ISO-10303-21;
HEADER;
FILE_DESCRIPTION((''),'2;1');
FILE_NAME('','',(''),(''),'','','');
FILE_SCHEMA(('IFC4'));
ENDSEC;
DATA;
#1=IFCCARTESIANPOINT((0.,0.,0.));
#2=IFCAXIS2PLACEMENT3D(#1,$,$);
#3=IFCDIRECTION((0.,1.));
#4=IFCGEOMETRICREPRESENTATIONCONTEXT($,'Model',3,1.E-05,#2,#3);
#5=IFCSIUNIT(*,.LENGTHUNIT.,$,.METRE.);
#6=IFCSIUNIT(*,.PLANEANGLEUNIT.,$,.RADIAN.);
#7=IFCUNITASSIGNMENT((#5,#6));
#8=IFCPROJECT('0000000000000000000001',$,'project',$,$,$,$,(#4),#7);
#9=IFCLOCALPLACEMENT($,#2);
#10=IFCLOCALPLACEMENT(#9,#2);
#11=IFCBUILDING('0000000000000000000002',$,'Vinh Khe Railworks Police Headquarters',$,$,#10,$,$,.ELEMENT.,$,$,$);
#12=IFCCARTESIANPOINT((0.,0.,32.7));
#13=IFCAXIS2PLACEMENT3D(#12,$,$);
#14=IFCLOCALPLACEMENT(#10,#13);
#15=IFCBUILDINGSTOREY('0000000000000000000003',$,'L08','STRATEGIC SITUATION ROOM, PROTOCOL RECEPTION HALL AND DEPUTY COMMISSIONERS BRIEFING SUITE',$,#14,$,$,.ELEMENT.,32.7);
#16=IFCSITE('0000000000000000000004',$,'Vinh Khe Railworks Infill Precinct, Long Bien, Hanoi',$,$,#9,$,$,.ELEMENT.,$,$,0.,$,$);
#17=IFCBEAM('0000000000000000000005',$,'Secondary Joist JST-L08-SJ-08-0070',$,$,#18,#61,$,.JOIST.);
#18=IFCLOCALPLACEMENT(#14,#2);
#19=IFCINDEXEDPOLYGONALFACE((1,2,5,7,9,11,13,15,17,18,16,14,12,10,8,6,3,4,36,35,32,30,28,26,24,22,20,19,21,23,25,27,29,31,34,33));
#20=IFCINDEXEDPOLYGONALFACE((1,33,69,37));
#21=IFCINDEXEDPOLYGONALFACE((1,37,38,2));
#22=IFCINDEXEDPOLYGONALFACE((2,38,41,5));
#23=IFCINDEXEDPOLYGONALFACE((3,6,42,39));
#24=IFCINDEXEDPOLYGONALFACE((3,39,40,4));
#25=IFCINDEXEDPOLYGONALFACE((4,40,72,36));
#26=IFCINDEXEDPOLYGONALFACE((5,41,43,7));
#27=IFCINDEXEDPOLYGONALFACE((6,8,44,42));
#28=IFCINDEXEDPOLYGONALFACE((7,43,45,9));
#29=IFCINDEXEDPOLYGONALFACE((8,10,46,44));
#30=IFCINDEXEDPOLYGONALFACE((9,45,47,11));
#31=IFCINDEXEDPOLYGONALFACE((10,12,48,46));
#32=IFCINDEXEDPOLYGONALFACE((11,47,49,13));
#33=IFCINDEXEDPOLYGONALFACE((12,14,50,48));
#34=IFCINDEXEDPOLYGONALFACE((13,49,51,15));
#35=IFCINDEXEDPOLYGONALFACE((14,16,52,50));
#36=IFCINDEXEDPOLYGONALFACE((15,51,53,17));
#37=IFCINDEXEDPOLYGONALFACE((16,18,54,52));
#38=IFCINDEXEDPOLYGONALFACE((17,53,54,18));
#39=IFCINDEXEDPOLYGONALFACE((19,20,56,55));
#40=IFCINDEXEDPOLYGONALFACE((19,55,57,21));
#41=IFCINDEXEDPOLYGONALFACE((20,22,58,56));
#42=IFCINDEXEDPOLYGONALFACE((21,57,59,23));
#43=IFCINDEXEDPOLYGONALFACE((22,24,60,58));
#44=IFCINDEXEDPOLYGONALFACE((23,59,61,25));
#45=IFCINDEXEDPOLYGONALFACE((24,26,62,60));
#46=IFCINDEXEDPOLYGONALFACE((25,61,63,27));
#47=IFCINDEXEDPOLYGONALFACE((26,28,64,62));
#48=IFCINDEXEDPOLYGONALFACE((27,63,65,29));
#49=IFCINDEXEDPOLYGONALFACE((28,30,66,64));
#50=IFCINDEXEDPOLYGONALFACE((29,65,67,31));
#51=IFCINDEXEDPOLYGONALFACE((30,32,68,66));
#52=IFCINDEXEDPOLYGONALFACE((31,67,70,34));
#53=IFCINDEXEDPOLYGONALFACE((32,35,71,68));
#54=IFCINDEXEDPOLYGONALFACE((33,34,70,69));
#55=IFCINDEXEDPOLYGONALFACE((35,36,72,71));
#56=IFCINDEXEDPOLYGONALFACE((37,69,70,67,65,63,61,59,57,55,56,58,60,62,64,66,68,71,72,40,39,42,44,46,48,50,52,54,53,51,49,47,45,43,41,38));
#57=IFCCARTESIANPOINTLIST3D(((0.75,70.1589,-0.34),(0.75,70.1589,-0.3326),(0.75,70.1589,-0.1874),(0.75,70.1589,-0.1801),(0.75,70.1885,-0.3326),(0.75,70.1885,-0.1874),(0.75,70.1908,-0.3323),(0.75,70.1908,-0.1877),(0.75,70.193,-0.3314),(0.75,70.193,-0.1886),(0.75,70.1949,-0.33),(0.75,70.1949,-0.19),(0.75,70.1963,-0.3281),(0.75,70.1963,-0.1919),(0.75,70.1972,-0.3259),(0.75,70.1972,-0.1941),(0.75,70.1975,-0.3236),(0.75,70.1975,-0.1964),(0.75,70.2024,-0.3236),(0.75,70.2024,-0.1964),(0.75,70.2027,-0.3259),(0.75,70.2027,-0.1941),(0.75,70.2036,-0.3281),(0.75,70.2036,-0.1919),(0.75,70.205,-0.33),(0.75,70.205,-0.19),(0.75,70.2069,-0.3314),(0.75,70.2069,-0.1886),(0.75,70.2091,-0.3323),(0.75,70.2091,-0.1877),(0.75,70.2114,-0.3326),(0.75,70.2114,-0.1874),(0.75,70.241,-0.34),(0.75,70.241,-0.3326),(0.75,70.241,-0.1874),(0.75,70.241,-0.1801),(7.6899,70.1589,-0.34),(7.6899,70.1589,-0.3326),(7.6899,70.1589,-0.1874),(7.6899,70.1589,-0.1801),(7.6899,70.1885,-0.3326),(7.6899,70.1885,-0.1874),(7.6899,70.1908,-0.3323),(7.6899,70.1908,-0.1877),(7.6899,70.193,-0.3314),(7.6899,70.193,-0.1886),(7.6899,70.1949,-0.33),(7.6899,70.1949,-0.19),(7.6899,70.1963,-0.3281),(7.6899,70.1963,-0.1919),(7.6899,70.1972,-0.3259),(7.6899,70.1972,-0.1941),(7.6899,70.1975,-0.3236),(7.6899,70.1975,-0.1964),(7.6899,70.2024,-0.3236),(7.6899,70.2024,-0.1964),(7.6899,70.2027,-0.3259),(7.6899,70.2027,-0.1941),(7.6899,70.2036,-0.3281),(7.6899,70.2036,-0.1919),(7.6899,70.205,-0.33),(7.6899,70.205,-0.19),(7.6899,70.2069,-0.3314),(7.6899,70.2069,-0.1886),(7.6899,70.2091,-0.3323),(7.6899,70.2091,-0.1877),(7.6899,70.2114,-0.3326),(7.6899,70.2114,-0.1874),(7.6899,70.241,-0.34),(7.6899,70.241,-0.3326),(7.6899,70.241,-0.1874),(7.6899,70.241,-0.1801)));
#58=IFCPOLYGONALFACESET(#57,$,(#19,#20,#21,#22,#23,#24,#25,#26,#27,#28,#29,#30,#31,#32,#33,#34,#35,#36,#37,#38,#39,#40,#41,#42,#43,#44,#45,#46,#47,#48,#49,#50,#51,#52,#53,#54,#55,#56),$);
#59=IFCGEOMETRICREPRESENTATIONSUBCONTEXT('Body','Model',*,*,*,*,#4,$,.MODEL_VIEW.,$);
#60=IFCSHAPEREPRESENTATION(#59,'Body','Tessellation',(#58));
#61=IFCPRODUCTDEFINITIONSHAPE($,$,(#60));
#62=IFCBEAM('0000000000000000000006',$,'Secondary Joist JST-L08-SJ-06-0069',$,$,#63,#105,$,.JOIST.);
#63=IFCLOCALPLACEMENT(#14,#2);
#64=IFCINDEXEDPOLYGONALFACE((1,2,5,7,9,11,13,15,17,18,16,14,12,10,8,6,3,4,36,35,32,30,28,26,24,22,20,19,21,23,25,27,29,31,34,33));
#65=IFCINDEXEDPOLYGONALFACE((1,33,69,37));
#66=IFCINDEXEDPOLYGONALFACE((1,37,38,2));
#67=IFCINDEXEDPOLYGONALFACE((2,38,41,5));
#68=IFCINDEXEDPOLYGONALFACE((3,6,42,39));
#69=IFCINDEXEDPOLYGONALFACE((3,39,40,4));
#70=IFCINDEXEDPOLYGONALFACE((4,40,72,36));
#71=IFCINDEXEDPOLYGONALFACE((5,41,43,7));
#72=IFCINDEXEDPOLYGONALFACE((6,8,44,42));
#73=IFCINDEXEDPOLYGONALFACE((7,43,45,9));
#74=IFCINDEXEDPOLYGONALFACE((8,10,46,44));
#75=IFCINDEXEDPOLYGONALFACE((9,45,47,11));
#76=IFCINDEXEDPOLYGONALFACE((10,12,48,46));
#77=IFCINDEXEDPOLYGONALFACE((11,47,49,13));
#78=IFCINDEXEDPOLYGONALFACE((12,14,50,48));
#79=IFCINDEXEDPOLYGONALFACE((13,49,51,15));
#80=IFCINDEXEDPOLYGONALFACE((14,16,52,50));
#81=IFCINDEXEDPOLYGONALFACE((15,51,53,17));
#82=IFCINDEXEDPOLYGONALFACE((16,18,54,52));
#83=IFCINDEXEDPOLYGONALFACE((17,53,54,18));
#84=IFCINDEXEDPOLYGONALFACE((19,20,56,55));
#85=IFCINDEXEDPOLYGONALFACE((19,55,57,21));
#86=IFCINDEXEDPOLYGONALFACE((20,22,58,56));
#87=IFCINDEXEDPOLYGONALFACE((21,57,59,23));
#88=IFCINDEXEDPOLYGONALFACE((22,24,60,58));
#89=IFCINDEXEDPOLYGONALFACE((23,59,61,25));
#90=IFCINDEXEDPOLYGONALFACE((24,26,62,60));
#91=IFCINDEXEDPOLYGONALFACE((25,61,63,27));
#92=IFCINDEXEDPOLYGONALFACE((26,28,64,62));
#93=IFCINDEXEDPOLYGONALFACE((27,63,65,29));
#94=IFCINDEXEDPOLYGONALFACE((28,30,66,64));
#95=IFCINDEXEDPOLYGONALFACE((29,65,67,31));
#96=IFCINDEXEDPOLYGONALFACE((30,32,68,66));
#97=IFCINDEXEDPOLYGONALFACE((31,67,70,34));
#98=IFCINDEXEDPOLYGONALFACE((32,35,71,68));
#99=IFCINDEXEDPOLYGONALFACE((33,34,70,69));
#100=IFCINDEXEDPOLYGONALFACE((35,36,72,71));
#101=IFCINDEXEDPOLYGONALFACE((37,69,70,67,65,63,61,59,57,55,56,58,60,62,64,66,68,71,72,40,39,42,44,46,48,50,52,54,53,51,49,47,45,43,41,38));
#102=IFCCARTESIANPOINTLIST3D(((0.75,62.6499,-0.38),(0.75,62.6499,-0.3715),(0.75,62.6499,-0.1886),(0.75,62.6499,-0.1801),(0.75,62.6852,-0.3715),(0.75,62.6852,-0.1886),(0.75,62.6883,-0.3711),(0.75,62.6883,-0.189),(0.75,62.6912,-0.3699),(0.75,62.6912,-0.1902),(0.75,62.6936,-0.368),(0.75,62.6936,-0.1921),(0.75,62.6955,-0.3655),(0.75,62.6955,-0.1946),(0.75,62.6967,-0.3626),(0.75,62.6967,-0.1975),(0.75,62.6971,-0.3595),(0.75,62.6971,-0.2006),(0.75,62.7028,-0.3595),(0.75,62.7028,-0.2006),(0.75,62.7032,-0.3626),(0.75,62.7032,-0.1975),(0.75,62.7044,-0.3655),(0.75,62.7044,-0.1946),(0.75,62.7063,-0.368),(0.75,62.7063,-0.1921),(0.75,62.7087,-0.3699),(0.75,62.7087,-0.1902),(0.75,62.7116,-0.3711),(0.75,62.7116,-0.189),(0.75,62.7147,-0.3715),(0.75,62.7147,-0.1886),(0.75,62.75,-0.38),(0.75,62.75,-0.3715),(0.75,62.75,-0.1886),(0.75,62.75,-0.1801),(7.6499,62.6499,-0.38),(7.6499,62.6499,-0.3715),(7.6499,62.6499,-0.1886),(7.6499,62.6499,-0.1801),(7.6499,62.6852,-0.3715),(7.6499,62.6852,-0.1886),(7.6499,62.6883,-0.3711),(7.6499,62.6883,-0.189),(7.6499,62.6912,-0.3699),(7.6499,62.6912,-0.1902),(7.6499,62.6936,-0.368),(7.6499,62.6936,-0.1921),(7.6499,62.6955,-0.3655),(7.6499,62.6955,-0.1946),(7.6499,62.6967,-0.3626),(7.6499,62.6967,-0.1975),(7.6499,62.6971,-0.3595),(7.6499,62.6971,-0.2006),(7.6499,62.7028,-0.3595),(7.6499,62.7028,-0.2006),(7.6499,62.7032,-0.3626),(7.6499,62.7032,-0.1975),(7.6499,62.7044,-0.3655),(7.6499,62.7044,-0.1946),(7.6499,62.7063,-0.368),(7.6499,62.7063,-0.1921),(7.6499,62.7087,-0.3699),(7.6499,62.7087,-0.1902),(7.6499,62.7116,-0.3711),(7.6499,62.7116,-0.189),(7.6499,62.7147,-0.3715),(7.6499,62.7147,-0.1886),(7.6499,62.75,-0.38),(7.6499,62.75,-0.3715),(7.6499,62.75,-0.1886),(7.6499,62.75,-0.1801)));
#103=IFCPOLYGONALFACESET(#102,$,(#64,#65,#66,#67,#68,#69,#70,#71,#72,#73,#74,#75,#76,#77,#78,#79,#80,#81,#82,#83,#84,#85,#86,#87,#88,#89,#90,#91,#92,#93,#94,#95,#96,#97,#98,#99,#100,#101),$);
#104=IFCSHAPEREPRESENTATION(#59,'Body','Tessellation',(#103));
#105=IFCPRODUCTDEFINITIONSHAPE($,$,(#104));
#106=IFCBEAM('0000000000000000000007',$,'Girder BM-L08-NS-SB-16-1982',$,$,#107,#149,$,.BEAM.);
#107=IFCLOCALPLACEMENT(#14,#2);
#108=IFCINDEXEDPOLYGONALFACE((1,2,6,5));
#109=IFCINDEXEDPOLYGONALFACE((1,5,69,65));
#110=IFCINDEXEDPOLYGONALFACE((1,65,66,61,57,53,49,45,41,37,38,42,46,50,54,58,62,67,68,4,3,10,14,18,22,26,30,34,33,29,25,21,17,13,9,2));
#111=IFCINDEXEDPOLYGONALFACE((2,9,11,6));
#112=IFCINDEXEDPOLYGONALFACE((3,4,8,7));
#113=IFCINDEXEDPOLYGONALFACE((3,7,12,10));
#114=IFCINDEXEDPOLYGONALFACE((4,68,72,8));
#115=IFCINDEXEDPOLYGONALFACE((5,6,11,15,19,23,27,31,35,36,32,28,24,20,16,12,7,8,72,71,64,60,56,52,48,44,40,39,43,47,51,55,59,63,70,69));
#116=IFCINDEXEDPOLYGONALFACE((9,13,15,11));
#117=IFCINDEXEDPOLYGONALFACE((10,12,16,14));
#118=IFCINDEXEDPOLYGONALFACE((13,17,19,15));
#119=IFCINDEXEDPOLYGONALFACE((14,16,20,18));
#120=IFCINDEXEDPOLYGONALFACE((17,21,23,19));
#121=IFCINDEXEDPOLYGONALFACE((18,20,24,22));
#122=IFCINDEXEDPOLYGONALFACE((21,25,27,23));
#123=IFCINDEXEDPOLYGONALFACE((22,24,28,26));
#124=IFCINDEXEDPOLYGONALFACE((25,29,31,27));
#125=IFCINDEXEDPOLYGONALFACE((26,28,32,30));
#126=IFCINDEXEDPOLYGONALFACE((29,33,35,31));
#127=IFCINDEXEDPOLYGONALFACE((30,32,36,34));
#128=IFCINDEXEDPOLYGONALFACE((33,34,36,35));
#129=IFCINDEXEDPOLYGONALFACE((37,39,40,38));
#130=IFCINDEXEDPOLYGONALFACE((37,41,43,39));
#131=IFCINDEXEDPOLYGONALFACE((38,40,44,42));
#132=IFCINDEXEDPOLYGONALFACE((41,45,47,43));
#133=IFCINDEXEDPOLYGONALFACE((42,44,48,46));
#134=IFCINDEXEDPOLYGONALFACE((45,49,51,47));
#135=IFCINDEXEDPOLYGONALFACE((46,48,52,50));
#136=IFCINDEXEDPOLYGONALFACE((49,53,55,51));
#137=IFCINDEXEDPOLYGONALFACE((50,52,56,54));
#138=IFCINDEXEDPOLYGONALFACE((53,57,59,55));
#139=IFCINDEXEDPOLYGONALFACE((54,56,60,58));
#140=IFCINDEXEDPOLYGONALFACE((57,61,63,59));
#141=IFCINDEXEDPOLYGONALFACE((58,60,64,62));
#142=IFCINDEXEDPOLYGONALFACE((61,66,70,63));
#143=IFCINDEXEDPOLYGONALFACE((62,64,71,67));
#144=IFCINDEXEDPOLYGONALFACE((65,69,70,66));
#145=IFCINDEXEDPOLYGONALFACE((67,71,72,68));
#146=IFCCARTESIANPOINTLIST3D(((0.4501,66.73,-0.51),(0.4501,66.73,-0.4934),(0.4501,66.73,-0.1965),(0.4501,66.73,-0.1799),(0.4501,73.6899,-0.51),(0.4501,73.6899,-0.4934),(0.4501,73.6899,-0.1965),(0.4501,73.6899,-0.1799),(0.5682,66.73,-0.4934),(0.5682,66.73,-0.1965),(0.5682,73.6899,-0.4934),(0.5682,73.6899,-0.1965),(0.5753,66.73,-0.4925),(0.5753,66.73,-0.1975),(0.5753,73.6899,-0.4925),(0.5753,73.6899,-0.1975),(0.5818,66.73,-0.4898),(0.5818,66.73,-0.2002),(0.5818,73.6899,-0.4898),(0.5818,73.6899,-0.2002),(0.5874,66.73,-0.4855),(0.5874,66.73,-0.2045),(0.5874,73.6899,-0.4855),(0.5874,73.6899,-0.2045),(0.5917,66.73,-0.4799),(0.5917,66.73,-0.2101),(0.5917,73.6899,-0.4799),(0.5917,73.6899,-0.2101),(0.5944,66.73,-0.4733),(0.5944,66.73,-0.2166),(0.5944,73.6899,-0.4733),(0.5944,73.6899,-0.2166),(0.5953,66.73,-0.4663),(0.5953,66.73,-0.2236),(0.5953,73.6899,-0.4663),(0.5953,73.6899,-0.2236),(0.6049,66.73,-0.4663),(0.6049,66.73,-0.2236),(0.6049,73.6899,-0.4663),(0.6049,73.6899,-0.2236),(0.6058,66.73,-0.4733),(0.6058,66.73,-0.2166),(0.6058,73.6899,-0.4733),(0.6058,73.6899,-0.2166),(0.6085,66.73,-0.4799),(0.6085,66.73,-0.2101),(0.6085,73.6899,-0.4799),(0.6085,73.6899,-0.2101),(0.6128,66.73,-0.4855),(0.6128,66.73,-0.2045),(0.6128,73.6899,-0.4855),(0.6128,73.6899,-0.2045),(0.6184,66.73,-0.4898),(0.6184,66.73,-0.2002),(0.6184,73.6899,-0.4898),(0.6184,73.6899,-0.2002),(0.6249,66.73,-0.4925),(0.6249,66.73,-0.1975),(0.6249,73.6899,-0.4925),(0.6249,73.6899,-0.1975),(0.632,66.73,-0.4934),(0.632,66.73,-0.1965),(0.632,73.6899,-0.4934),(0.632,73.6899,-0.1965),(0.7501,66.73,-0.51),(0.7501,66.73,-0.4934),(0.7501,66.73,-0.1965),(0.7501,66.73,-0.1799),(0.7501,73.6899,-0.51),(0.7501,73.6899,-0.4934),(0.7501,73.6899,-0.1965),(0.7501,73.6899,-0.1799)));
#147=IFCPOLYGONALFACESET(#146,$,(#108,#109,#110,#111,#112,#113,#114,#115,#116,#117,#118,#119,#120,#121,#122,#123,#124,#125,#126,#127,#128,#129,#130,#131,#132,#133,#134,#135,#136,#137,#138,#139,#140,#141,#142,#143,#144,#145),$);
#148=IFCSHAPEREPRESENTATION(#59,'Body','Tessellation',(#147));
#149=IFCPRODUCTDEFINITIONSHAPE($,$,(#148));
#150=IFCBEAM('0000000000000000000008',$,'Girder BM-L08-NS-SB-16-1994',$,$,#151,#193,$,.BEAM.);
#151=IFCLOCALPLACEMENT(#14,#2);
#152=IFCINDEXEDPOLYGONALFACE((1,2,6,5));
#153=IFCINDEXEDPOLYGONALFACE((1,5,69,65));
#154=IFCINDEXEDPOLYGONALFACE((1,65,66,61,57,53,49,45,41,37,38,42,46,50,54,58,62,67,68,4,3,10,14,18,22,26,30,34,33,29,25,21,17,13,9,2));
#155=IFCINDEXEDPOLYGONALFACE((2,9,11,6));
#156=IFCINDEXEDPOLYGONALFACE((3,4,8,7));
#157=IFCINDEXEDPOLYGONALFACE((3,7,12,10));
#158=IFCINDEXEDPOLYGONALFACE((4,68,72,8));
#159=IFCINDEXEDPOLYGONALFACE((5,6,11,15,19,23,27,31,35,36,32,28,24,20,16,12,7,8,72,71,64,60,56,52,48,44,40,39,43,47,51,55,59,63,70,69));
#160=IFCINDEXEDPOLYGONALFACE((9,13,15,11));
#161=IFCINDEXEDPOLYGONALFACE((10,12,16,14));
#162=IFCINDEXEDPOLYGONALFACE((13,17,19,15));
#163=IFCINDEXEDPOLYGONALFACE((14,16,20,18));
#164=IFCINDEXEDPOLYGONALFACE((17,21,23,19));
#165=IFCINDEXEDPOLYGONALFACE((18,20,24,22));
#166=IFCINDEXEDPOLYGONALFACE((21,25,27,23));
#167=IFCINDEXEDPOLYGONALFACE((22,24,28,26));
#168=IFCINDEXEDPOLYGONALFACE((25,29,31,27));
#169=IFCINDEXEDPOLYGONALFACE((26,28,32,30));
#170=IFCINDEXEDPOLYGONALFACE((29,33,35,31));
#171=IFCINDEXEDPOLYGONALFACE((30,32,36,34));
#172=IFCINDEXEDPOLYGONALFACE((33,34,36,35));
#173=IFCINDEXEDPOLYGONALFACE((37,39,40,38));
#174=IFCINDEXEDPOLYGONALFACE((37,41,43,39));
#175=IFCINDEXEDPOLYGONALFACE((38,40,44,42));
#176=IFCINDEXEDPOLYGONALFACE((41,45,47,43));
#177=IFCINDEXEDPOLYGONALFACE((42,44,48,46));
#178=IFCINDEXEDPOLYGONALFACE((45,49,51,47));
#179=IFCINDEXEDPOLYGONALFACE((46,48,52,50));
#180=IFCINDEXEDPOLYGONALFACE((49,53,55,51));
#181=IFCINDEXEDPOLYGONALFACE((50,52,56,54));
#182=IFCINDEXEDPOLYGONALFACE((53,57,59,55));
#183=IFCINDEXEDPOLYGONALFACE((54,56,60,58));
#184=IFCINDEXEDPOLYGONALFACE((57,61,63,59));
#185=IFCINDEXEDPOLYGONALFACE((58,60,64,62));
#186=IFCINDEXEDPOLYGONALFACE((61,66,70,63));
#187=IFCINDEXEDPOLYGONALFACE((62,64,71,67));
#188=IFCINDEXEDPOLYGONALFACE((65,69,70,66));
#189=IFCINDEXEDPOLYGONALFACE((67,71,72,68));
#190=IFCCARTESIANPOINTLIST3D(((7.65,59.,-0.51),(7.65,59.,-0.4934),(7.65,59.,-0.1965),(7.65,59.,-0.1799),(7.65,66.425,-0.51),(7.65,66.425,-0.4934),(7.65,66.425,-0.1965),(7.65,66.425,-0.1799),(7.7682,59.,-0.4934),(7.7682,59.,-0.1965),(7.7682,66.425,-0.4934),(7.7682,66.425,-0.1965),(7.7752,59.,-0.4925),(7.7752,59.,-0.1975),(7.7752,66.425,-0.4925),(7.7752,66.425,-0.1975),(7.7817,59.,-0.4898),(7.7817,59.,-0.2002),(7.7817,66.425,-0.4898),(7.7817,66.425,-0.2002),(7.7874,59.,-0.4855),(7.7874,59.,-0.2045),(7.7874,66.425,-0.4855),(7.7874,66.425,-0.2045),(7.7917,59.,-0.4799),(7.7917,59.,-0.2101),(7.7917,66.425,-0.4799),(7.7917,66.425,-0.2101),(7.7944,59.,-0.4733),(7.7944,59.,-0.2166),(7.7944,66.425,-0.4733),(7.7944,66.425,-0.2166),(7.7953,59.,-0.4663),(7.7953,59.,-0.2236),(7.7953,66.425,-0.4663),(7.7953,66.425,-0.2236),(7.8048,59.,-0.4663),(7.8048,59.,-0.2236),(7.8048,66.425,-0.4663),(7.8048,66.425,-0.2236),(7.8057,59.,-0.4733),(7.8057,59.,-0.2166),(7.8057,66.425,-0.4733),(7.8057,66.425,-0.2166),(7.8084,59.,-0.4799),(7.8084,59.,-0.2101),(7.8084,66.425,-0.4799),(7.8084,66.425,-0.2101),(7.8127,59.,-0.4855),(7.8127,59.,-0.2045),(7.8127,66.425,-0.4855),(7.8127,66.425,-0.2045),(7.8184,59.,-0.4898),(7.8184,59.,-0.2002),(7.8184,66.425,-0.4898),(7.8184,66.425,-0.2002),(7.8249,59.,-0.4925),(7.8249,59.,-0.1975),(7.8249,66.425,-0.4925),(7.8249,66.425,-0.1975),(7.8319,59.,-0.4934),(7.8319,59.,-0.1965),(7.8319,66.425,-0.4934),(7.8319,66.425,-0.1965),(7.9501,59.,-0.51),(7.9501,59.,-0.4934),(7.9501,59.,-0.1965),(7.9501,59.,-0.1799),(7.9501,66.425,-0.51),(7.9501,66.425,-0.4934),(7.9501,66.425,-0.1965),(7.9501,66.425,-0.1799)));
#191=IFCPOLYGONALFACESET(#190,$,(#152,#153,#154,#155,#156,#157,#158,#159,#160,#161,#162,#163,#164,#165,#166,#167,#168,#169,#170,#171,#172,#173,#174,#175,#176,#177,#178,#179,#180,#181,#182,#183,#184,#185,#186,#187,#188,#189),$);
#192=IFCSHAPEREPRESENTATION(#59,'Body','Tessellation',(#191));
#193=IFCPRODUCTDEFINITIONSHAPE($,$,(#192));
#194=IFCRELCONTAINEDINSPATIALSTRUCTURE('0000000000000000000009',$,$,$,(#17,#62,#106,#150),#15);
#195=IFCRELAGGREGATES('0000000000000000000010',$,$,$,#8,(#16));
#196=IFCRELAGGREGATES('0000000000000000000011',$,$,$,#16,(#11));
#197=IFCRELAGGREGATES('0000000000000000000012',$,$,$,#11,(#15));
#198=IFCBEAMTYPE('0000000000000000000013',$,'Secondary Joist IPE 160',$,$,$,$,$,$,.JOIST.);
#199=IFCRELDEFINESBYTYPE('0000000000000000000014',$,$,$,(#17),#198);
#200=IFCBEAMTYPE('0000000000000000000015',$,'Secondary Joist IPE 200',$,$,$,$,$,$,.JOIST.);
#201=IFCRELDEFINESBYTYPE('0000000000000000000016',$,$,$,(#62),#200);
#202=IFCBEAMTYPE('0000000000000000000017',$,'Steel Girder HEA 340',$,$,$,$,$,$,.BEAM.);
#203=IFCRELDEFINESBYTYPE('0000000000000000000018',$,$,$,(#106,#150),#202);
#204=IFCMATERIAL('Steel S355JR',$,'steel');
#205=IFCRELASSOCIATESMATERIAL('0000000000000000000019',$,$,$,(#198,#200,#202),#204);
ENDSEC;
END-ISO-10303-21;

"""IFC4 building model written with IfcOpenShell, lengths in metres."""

from ifc_helpers import new_model, si_unit, direction, frame, origin, origin_2d, place, context, subcontext, project, spatial, i_section, extrude, material, material_profile, profile_set, type_object, element, save


model = new_model("IFC4")

# Units and contexts
model_context = context("Model", 3, precision=1e-05, world=origin(), true_north=direction((0.0, 1.0)))
body_context = subcontext(model_context, "Body", "Model", "MODEL_VIEW")
ifc_project = project(units=[si_unit("LENGTHUNIT", "METRE"), si_unit("PLANEANGLEUNIT", "RADIAN")], contexts=[model_context])

# Site, building, storey
site_placement = place(None, origin())
site = spatial("IfcSite", under=ifc_project, at=site_placement, Name="Vinh Khe Railworks Infill Precinct, Long Bien, Hanoi", CompositionType="ELEMENT", RefElevation=0.0)
building_placement = place(site_placement, origin())
building = spatial("IfcBuilding", under=site, at=building_placement, Name="Vinh Khe Railworks Police Headquarters", CompositionType="ELEMENT")
storey_placement = place(building_placement, frame((0.0, 0.0, 32.7)))
storey = spatial("IfcBuildingStorey", under=building, at=storey_placement, Name="L08", Description="STRATEGIC SITUATION ROOM, PROTOCOL RECEPTION HALL AND DEPUTY COMMISSIONERS BRIEFING SUITE", CompositionType="ELEMENT", Elevation=32.7)

# Shared definitions
ifc_material_1 = material(Name="Steel S355JR", Category="steel")

# Beams
ifc_material_profile_1 = material_profile(ifc_material_1, i_section(OverallWidth=0.082, OverallDepth=0.1599, WebThickness=0.0049, FlangeThickness=0.0073, FilletRadius=0.009, at=origin_2d()), Name="IPE 160")
ifc_profile_set_1 = profile_set([ifc_material_profile_1], Name="Steel S355JR")
beam_type_1 = type_object("IfcBeamType", Name="Secondary Joist IPE 160", PredefinedType="JOIST", material=ifc_profile_set_1)
beam_1_placement = place(storey_placement, frame((0.75, 70.2, -0.26), z_axis=(1.0, 0.0, 0.0), x_axis=(0.0, 1.0, 0.0)))
element("IfcBeam", 1, at=beam_1_placement, inside=storey, type_object=beam_type_1, Name="Secondary Joist JST-L08-SJ-08-0070", PredefinedType="JOIST", context=body_context, shape_type="SweptSolid", body=[
    extrude(i_section(OverallWidth=0.082, OverallDepth=0.1599, WebThickness=0.0049, FlangeThickness=0.0073, FilletRadius=0.009, at=origin_2d()), origin(), (0.0, 0.0, 1.0), 6.9399),
])
ifc_material_profile_2 = material_profile(ifc_material_1, i_section(OverallWidth=0.1001, OverallDepth=0.2, WebThickness=0.0056, FlangeThickness=0.0085, FilletRadius=0.012, at=origin_2d()), Name="IPE 200")
ifc_profile_set_2 = profile_set([ifc_material_profile_2], Name="Steel S355JR")
beam_type_2 = type_object("IfcBeamType", Name="Secondary Joist IPE 200", PredefinedType="JOIST", material=ifc_profile_set_2)
beam_2_placement = place(storey_placement, frame((0.75, 62.7, -0.28), z_axis=(1.0, 0.0, 0.0), x_axis=(0.0, 1.0, 0.0)))
element("IfcBeam", 2, at=beam_2_placement, inside=storey, type_object=beam_type_2, Name="Secondary Joist JST-L08-SJ-06-0069", PredefinedType="JOIST", context=body_context, shape_type="SweptSolid", body=[
    extrude(i_section(OverallWidth=0.1001, OverallDepth=0.2, WebThickness=0.0056, FlangeThickness=0.0085, FilletRadius=0.012, at=origin_2d()), origin(), (0.0, 0.0, 1.0), 6.8999),
])
ifc_material_profile_3 = material_profile(ifc_material_1, i_section(OverallWidth=0.3, OverallDepth=0.3301, WebThickness=0.0095, FlangeThickness=0.0166, FilletRadius=0.0271, at=origin_2d()), Name="HEA 340")
ifc_profile_set_3 = profile_set([ifc_material_profile_3], Name="Steel S355JR")
beam_type_3 = type_object("IfcBeamType", Name="Steel Girder HEA 340", PredefinedType="BEAM", material=ifc_profile_set_3)
beam_3_placement = place(storey_placement, frame((0.6001, 66.73, -0.345), z_axis=(0.0, 1.0, 0.0), x_axis=(-1.0, 0.0, 0.0)))
element("IfcBeam", 3, at=beam_3_placement, inside=storey, type_object=beam_type_3, Name="Girder BM-L08-NS-SB-16-1982", PredefinedType="BEAM", context=body_context, shape_type="SweptSolid", body=[
    extrude(i_section(OverallWidth=0.3, OverallDepth=0.3301, WebThickness=0.0095, FlangeThickness=0.0166, FilletRadius=0.0271, at=origin_2d()), origin(), (0.0, 0.0, 1.0), 6.96),
])
beam_4_placement = place(storey_placement, frame((7.8, 59.0, -0.345), z_axis=(0.0, 1.0, 0.0), x_axis=(-1.0, 0.0, 0.0)))
element("IfcBeam", 4, at=beam_4_placement, inside=storey, type_object=beam_type_3, Name="Girder BM-L08-NS-SB-16-1994", PredefinedType="BEAM", context=body_context, shape_type="SweptSolid", body=[
    extrude(i_section(OverallWidth=0.3, OverallDepth=0.3301, WebThickness=0.0095, FlangeThickness=0.0166, FilletRadius=0.0271, at=origin_2d()), origin(), (0.0, 0.0, 1.0), 7.425),
])

save(model, "model.ifc")
